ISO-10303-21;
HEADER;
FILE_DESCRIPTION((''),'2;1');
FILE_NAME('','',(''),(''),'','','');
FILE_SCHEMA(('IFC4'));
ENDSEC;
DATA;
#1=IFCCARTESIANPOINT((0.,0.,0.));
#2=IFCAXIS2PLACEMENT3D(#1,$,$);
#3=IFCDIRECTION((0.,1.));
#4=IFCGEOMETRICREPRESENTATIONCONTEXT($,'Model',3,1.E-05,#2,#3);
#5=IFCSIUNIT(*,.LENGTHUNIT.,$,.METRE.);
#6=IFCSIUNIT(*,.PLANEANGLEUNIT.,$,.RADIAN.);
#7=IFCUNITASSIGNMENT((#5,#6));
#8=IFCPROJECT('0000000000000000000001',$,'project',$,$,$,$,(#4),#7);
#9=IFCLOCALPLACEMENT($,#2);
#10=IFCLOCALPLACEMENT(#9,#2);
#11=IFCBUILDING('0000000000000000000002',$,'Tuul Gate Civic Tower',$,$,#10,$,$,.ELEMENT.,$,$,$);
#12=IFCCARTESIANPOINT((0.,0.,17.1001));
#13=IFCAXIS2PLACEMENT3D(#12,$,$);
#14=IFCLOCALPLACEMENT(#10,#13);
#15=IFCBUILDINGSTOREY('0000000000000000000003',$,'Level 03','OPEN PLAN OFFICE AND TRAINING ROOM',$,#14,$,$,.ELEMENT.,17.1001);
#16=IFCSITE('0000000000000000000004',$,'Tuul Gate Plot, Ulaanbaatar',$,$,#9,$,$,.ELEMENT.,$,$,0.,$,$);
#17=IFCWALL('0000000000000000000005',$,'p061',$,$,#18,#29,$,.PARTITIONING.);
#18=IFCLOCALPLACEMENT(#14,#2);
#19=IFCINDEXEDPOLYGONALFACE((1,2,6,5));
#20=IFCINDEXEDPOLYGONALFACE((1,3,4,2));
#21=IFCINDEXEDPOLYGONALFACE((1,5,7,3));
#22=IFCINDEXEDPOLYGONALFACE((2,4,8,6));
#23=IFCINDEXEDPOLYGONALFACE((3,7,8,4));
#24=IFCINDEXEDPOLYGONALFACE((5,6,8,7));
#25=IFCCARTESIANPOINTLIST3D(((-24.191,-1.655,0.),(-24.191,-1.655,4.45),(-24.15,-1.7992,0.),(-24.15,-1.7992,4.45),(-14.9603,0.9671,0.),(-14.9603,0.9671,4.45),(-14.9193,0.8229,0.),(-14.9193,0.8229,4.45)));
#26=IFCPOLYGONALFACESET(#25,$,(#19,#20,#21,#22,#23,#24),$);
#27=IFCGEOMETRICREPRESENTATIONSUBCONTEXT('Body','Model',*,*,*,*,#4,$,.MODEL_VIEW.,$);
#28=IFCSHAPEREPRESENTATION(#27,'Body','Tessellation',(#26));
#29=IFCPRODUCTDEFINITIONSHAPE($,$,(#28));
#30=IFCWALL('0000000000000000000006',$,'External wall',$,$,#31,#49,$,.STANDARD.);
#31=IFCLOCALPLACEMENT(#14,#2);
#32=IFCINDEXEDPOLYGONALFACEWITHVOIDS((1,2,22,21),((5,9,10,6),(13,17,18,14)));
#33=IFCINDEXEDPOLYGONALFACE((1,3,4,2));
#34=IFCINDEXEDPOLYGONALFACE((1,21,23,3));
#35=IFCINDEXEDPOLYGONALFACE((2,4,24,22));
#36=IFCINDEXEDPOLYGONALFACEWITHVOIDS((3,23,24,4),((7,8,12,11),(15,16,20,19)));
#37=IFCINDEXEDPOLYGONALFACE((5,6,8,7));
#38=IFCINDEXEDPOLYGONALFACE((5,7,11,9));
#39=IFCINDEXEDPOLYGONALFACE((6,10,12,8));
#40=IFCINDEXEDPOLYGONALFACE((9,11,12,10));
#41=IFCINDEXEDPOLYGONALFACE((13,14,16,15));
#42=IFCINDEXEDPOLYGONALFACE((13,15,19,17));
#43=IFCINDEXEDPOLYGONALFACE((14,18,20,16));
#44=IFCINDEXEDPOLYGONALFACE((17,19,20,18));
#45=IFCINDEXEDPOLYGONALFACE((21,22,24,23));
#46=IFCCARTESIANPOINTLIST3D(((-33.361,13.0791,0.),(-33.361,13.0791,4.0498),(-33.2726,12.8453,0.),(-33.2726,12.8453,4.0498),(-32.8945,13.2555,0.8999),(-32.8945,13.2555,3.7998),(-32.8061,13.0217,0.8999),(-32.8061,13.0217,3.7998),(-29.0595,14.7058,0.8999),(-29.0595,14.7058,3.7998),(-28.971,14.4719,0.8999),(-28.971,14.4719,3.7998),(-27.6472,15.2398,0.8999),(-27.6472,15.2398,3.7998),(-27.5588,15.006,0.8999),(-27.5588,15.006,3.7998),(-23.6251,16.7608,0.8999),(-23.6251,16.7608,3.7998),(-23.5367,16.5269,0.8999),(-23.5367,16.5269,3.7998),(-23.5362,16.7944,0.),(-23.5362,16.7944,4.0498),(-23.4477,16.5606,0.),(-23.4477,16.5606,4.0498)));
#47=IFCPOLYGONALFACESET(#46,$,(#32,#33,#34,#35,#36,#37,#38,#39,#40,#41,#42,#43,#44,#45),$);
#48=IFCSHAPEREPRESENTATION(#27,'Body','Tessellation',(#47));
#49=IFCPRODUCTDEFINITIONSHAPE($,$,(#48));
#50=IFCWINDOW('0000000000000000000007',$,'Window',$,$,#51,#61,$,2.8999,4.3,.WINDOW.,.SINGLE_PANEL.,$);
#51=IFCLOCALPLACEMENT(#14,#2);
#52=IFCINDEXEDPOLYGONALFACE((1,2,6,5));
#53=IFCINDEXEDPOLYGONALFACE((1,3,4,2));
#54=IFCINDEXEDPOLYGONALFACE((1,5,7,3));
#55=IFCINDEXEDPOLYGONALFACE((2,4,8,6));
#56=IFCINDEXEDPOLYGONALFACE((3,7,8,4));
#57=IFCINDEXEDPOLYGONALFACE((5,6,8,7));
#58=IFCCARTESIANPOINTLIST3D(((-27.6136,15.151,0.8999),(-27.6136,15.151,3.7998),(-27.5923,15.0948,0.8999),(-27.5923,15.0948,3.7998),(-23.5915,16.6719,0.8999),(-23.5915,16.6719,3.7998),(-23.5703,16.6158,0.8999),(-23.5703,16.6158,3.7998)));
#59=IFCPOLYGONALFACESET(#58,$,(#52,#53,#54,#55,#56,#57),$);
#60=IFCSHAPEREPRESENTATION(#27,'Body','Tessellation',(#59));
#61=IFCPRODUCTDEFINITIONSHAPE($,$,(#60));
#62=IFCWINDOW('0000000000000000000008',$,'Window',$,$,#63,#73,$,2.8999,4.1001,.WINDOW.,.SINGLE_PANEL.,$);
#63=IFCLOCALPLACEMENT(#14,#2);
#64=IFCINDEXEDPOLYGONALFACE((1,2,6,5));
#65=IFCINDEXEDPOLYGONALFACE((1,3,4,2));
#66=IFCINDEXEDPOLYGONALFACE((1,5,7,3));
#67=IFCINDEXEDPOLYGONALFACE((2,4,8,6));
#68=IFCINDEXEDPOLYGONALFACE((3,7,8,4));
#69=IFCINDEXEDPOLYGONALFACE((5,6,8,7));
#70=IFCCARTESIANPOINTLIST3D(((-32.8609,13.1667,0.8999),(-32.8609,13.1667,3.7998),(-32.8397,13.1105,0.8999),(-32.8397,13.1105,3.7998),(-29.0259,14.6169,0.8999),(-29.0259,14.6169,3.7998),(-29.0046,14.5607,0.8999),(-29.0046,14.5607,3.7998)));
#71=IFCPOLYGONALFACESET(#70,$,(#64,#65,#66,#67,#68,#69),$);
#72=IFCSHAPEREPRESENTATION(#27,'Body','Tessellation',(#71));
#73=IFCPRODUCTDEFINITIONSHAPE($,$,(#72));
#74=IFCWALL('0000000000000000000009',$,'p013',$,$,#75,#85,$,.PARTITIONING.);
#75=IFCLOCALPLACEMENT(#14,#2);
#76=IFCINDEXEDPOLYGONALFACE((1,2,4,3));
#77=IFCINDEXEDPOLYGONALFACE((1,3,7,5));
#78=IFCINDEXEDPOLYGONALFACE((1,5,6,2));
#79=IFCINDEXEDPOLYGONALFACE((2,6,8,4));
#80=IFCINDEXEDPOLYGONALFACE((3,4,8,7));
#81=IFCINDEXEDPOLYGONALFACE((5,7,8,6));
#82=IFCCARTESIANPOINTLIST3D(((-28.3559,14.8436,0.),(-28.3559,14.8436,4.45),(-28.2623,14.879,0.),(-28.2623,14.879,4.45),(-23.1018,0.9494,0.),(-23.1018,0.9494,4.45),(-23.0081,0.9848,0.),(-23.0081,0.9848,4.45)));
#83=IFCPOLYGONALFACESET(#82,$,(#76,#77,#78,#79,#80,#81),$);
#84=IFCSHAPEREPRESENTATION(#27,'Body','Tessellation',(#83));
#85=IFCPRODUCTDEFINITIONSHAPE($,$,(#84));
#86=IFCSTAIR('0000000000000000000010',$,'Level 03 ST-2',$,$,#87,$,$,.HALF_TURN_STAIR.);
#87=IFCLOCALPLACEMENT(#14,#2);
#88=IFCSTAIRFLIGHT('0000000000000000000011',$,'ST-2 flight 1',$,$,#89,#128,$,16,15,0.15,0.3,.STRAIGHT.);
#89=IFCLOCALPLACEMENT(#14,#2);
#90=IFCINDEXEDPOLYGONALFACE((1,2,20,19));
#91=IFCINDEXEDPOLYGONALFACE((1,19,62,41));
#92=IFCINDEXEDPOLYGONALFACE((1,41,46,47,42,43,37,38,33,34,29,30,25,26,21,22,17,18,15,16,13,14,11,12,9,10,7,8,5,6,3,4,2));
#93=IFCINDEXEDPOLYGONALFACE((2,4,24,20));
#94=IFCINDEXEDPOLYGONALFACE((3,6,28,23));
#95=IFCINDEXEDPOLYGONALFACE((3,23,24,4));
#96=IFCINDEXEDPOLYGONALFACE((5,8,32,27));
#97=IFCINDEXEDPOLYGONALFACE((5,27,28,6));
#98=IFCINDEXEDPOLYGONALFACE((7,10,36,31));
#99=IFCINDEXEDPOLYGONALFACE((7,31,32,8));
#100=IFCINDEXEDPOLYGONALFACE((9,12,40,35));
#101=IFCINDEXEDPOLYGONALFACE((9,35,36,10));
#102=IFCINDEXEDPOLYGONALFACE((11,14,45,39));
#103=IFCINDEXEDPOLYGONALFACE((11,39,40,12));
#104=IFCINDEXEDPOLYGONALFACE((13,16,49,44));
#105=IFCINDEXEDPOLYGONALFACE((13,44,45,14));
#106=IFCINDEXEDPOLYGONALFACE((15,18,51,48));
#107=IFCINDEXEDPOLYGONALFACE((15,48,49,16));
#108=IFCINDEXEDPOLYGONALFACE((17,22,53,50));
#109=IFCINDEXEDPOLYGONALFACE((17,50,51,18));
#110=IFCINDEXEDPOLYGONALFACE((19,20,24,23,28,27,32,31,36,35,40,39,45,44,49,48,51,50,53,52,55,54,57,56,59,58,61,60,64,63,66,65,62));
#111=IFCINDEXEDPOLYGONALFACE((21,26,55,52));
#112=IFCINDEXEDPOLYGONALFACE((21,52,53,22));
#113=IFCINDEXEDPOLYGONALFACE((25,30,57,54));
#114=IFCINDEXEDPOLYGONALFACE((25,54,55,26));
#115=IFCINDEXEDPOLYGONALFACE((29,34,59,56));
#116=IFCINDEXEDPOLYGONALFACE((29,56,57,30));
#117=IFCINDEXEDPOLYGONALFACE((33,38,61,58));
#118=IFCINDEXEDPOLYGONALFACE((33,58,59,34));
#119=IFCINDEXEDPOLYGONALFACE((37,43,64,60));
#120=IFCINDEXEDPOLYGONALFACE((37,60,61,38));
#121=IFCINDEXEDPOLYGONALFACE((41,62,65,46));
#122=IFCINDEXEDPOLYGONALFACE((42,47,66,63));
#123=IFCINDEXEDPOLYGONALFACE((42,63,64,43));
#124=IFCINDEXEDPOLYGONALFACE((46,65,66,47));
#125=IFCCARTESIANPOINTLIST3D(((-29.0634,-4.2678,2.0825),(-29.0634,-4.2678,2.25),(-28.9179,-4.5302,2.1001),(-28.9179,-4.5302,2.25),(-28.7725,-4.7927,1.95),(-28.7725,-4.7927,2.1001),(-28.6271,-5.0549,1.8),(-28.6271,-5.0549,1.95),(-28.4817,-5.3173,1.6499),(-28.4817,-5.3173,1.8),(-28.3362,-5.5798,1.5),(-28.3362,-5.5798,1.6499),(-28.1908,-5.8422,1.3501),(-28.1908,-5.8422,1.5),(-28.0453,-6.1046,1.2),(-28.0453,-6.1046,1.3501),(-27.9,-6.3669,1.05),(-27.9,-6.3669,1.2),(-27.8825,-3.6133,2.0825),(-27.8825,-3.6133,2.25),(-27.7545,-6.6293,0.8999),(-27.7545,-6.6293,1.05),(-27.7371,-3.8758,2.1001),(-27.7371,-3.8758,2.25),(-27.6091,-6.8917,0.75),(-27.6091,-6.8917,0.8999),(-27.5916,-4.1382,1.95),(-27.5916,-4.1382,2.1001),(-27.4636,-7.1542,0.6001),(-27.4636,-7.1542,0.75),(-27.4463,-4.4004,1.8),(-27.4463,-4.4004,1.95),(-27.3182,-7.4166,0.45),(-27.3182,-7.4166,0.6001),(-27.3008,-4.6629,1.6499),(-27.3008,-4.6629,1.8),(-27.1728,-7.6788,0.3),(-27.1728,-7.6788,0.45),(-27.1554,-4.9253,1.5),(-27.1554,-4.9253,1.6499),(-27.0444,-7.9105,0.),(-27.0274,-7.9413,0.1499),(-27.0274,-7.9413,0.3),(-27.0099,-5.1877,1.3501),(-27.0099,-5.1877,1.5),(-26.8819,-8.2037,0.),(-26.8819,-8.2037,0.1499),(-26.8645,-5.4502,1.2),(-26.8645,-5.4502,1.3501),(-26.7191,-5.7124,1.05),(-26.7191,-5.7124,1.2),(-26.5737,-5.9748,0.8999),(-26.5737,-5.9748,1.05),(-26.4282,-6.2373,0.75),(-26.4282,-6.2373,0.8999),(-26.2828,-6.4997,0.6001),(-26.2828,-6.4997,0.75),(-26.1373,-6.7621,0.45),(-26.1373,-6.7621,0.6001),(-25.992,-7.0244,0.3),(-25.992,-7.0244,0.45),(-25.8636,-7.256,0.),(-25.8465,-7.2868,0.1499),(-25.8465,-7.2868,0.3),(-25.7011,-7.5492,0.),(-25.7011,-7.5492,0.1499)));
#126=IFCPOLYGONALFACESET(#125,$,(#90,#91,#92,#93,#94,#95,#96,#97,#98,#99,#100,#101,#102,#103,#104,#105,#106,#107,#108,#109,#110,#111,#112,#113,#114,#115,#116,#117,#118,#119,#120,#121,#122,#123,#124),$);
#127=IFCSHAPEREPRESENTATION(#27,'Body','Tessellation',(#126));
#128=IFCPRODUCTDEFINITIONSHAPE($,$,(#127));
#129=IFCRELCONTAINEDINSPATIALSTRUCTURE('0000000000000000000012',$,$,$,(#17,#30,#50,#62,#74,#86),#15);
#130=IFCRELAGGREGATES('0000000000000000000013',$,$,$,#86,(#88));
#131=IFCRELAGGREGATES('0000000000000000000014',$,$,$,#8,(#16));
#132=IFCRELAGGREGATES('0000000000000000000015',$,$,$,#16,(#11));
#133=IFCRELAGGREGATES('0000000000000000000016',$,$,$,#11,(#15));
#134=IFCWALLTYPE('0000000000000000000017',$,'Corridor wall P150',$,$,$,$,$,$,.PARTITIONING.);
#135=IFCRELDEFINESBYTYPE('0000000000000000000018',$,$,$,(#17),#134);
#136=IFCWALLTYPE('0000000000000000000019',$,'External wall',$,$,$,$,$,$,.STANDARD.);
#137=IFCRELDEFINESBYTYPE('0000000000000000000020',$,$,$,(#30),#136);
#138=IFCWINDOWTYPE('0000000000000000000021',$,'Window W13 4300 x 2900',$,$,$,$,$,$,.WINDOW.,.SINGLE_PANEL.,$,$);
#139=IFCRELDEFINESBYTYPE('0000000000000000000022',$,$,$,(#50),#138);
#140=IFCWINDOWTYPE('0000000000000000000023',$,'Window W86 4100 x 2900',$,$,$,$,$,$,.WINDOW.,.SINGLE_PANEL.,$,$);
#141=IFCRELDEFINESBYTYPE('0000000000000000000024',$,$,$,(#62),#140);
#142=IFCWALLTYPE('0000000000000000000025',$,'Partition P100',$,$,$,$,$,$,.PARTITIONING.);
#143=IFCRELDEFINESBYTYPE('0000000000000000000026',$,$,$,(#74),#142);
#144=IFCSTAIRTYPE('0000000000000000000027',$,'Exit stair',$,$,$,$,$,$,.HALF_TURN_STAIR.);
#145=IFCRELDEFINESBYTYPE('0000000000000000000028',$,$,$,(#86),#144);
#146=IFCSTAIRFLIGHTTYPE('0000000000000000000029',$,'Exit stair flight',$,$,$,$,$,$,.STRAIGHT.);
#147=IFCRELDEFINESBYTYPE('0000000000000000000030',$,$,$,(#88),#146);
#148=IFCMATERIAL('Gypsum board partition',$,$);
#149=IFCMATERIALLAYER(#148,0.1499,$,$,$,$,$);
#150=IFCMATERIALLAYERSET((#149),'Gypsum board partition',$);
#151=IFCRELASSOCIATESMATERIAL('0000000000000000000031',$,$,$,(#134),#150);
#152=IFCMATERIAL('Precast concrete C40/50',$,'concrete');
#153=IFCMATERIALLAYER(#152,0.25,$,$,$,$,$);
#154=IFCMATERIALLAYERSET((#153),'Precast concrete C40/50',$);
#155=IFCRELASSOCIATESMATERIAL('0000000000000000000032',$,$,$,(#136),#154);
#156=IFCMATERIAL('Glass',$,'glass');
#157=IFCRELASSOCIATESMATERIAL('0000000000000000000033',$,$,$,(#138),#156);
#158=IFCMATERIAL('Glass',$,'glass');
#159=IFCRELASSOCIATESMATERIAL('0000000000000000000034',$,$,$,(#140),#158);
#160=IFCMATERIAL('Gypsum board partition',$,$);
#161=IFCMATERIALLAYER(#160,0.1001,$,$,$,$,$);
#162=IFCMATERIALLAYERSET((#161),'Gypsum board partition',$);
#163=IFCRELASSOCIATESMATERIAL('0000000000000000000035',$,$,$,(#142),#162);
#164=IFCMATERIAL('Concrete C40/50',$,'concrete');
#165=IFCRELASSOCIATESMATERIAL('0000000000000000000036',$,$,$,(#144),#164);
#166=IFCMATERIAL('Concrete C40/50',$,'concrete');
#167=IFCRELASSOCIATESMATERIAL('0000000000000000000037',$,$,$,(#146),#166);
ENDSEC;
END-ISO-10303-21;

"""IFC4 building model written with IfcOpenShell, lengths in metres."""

from ifc_helpers import new_model, si_unit, direction, frame, frame_2d, origin, place, context, subcontext, project, spatial, polyline, rectangle, outline, extrude, material, layer, layer_set, type_object, element, fill, aggregate, save


model = new_model("IFC4")

# Units and contexts
model_context = context("Model", 3, precision=1e-05, world=origin(), true_north=direction((0.0, 1.0)))
body_context = subcontext(model_context, "Body", "Model", "MODEL_VIEW")
ifc_project = project(units=[si_unit("LENGTHUNIT", "METRE"), si_unit("PLANEANGLEUNIT", "RADIAN")], contexts=[model_context])

# Site, building, storey
site_placement = place(None, origin())
site = spatial("IfcSite", under=ifc_project, at=site_placement, Name="Tuul Gate Plot, Ulaanbaatar", CompositionType="ELEMENT", RefElevation=0.0)
building_placement = place(site_placement, origin())
building = spatial("IfcBuilding", under=site, at=building_placement, Name="Tuul Gate Civic Tower", CompositionType="ELEMENT")
storey_placement = place(building_placement, frame((0.0, 0.0, 17.1001)))
storey = spatial("IfcBuildingStorey", under=building, at=storey_placement, Name="Level 03", Description="OPEN PLAN OFFICE AND TRAINING ROOM", CompositionType="ELEMENT", Elevation=17.1001)

# Shared definitions
ifc_material_1 = material(Name="Gypsum board partition")
ifc_layer_1 = layer(ifc_material_1, 0.1499)
ifc_layer_set_1 = layer_set([ifc_layer_1], Name="Gypsum board partition")
wall_type_1 = type_object("IfcWallType", Name="Corridor wall P150", PredefinedType="PARTITIONING", material=ifc_layer_set_1)

# Wall
wall_1_placement = place(storey_placement, frame((-24.1704, -1.7271, 0.0), z_axis=(0.0, 0.0, 1.0), x_axis=(0.961943, 0.273249, 0.0)))
element("IfcWall", 1, at=wall_1_placement, inside=storey, type_object=wall_type_1, Name="p061", PredefinedType="PARTITIONING", context=body_context, shape_type="SweptSolid", body=[
    extrude(rectangle(XDim=9.5959, YDim=0.1499, at=frame_2d((4.7979, 0.0))), origin(), (0.0, 0.0, 1.0), 4.45),
])

# Wall, openings, windows
ifc_material_2 = material(Name="Precast concrete C40/50", Category="concrete")
ifc_layer_2 = layer(ifc_material_2, 0.25)
ifc_layer_set_2 = layer_set([ifc_layer_2], Name="Precast concrete C40/50")
wall_type_2 = type_object("IfcWallType", Name="External wall", PredefinedType="STANDARD", material=ifc_layer_set_2)
wall_2_placement = place(storey_placement, frame((-23.4919, 16.6775, 0.0), z_axis=(0.0, 0.0, 1.0), x_axis=(-0.935356, -0.353707, 0.0)))
wall_2 = element("IfcWall", 2, at=wall_2_placement, inside=storey, type_object=wall_type_2, Name="External wall", PredefinedType="STANDARD", context=body_context, shape_type="SweptSolid", body=[
    extrude(rectangle(XDim=10.5039, YDim=0.25, at=frame_2d((5.252, 0.0))), origin(), (0.0, 0.0, 1.0), 4.0498),
])
opening_1_placement = place(wall_2_placement, frame((0.0952, 0.0, 0.8999)))
opening_1 = element("IfcOpeningElement", 3, at=opening_1_placement, cuts=wall_2, PredefinedType="OPENING", context=body_context, shape_type="SweptSolid", body=[
    extrude(rectangle(XDim=4.3, YDim=2.8999, at=frame_2d((2.1499, 1.45))), frame((0.0, 0.135, 0.0), z_axis=(0.0, -1.0, 0.0), x_axis=(1.0, 0.0, 0.0)), (0.0, 0.0, 1.0), 0.27),
])
opening_2_placement = place(wall_2_placement, frame((5.905, 0.0, 0.8999)))
opening_2 = element("IfcOpeningElement", 4, at=opening_2_placement, cuts=wall_2, PredefinedType="OPENING", context=body_context, shape_type="SweptSolid", body=[
    extrude(rectangle(XDim=4.1001, YDim=2.8999, at=frame_2d((2.05, 1.45))), frame((0.0, 0.135, 0.0), z_axis=(0.0, -1.0, 0.0), x_axis=(1.0, 0.0, 0.0)), (0.0, 0.0, 1.0), 0.27),
])
ifc_material_3 = material(Name="Glass", Category="glass")
window_type_1 = type_object("IfcWindowType", Name="Window W13 4300 x 2900", PartitioningType="SINGLE_PANEL", PredefinedType="WINDOW", material=ifc_material_3)
window_1_placement = place(opening_1_placement, origin())
window_1 = element("IfcWindow", 5, at=window_1_placement, inside=storey, type_object=window_type_1, Name="Window", OverallHeight=2.8999, OverallWidth=4.3, PartitioningType="SINGLE_PANEL", PredefinedType="WINDOW", context=body_context, shape_type="SweptSolid", body=[
    extrude(rectangle(XDim=4.3, YDim=2.8999, at=frame_2d((2.1499, 1.45))), frame((0.0, 0.03, 0.0), z_axis=(0.0, -1.0, 0.0), x_axis=(1.0, 0.0, 0.0)), (0.0, 0.0, 1.0), 0.0601),
])
fill(opening_1, window_1)
ifc_material_4 = material(Name="Glass", Category="glass")
window_type_2 = type_object("IfcWindowType", Name="Window W86 4100 x 2900", PartitioningType="SINGLE_PANEL", PredefinedType="WINDOW", material=ifc_material_4)
window_2_placement = place(opening_2_placement, origin())
window_2 = element("IfcWindow", 6, at=window_2_placement, inside=storey, type_object=window_type_2, Name="Window", OverallHeight=2.8999, OverallWidth=4.1001, PartitioningType="SINGLE_PANEL", PredefinedType="WINDOW", context=body_context, shape_type="SweptSolid", body=[
    extrude(rectangle(XDim=4.1001, YDim=2.8999, at=frame_2d((2.05, 1.45))), frame((0.0, 0.03, 0.0), z_axis=(0.0, -1.0, 0.0), x_axis=(1.0, 0.0, 0.0)), (0.0, 0.0, 1.0), 0.0601),
])
fill(opening_2, window_2)

# Wall
ifc_material_5 = material(Name="Gypsum board partition")
ifc_layer_3 = layer(ifc_material_5, 0.1001)
ifc_layer_set_3 = layer_set([ifc_layer_3], Name="Gypsum board partition")
wall_type_3 = type_object("IfcWallType", Name="Partition P100", PredefinedType="PARTITIONING", material=ifc_layer_set_3)
wall_3_placement = place(storey_placement, frame((-28.3091, 14.8613, 0.0), z_axis=(0.0, 0.0, 1.0), x_axis=(0.353707, -0.935356, 0.0)))
element("IfcWall", 7, at=wall_3_placement, inside=storey, type_object=wall_type_3, Name="p013", PredefinedType="PARTITIONING", context=body_context, shape_type="SweptSolid", body=[
    extrude(rectangle(XDim=14.8545, YDim=0.1001, at=frame_2d((7.4272, 0.0))), origin(), (0.0, 0.0, 1.0), 4.45),
])

# Stair, stair flight
ifc_material_6 = material(Name="Concrete C40/50", Category="concrete")
stair_type = type_object("IfcStairType", Name="Exit stair", PredefinedType="HALF_TURN_STAIR", material=ifc_material_6)
stair_placement = place(storey_placement, origin())
stair = element("IfcStair", 8, at=stair_placement, inside=storey, type_object=stair_type, Name="Level 03 ST-2", PredefinedType="HALF_TURN_STAIR")
ifc_material_7 = material(Name="Concrete C40/50", Category="concrete")
stair_flight_type = type_object("IfcStairFlightType", Name="Exit stair flight", PredefinedType="STRAIGHT", material=ifc_material_7)
stair_flight_placement = place(storey_placement, frame((-26.2915, -7.8765, 0.0), z_axis=(0.0, 0.0, 1.0), x_axis=(-0.484762, 0.874646, 0.0)))
stair_flight = element("IfcStairFlight", 9, at=stair_flight_placement, type_object=stair_flight_type, Name="ST-2 flight 1", NumberOfRisers=16, NumberOfTreads=15, PredefinedType="STRAIGHT", RiserHeight=0.15, TreadLength=0.3, context=body_context, shape_type="SweptSolid", body=[
    extrude(outline(polyline([(0.0, 0.0), (0.0, 0.1499), (0.3, 0.1499), (0.3, 0.3), (0.6001, 0.3), (0.6001, 0.45), (0.8999, 0.45), (0.8999, 0.6001), (1.2, 0.6001), (1.2, 0.75), (1.5, 0.75), (1.5, 0.8999), (1.8, 0.8999), (1.8, 1.05), (2.1001, 1.05), (2.1001, 1.2), (2.3999, 1.2), (2.3999, 1.3501), (2.7, 1.3501), (2.7, 1.5), (3.0, 1.5), (3.0, 1.6499), (3.3, 1.6499), (3.3, 1.8), (3.6001, 1.8), (3.6001, 1.95), (3.8999, 1.95), (3.8999, 2.1001), (4.2, 2.1001), (4.2, 2.25), (4.5, 2.25), (4.5, 2.3999), (4.5, 2.0825), (0.3352, 0.0), (0.0, 0.0)])), frame((0.0, 0.675, 0.0), z_axis=(0.0, -1.0, 0.0), x_axis=(1.0, 0.0, 0.0)), (0.0, 0.0, 1.0), 1.3501),
])
aggregate(stair, [stair_flight])

save(model, "model.ifc")
